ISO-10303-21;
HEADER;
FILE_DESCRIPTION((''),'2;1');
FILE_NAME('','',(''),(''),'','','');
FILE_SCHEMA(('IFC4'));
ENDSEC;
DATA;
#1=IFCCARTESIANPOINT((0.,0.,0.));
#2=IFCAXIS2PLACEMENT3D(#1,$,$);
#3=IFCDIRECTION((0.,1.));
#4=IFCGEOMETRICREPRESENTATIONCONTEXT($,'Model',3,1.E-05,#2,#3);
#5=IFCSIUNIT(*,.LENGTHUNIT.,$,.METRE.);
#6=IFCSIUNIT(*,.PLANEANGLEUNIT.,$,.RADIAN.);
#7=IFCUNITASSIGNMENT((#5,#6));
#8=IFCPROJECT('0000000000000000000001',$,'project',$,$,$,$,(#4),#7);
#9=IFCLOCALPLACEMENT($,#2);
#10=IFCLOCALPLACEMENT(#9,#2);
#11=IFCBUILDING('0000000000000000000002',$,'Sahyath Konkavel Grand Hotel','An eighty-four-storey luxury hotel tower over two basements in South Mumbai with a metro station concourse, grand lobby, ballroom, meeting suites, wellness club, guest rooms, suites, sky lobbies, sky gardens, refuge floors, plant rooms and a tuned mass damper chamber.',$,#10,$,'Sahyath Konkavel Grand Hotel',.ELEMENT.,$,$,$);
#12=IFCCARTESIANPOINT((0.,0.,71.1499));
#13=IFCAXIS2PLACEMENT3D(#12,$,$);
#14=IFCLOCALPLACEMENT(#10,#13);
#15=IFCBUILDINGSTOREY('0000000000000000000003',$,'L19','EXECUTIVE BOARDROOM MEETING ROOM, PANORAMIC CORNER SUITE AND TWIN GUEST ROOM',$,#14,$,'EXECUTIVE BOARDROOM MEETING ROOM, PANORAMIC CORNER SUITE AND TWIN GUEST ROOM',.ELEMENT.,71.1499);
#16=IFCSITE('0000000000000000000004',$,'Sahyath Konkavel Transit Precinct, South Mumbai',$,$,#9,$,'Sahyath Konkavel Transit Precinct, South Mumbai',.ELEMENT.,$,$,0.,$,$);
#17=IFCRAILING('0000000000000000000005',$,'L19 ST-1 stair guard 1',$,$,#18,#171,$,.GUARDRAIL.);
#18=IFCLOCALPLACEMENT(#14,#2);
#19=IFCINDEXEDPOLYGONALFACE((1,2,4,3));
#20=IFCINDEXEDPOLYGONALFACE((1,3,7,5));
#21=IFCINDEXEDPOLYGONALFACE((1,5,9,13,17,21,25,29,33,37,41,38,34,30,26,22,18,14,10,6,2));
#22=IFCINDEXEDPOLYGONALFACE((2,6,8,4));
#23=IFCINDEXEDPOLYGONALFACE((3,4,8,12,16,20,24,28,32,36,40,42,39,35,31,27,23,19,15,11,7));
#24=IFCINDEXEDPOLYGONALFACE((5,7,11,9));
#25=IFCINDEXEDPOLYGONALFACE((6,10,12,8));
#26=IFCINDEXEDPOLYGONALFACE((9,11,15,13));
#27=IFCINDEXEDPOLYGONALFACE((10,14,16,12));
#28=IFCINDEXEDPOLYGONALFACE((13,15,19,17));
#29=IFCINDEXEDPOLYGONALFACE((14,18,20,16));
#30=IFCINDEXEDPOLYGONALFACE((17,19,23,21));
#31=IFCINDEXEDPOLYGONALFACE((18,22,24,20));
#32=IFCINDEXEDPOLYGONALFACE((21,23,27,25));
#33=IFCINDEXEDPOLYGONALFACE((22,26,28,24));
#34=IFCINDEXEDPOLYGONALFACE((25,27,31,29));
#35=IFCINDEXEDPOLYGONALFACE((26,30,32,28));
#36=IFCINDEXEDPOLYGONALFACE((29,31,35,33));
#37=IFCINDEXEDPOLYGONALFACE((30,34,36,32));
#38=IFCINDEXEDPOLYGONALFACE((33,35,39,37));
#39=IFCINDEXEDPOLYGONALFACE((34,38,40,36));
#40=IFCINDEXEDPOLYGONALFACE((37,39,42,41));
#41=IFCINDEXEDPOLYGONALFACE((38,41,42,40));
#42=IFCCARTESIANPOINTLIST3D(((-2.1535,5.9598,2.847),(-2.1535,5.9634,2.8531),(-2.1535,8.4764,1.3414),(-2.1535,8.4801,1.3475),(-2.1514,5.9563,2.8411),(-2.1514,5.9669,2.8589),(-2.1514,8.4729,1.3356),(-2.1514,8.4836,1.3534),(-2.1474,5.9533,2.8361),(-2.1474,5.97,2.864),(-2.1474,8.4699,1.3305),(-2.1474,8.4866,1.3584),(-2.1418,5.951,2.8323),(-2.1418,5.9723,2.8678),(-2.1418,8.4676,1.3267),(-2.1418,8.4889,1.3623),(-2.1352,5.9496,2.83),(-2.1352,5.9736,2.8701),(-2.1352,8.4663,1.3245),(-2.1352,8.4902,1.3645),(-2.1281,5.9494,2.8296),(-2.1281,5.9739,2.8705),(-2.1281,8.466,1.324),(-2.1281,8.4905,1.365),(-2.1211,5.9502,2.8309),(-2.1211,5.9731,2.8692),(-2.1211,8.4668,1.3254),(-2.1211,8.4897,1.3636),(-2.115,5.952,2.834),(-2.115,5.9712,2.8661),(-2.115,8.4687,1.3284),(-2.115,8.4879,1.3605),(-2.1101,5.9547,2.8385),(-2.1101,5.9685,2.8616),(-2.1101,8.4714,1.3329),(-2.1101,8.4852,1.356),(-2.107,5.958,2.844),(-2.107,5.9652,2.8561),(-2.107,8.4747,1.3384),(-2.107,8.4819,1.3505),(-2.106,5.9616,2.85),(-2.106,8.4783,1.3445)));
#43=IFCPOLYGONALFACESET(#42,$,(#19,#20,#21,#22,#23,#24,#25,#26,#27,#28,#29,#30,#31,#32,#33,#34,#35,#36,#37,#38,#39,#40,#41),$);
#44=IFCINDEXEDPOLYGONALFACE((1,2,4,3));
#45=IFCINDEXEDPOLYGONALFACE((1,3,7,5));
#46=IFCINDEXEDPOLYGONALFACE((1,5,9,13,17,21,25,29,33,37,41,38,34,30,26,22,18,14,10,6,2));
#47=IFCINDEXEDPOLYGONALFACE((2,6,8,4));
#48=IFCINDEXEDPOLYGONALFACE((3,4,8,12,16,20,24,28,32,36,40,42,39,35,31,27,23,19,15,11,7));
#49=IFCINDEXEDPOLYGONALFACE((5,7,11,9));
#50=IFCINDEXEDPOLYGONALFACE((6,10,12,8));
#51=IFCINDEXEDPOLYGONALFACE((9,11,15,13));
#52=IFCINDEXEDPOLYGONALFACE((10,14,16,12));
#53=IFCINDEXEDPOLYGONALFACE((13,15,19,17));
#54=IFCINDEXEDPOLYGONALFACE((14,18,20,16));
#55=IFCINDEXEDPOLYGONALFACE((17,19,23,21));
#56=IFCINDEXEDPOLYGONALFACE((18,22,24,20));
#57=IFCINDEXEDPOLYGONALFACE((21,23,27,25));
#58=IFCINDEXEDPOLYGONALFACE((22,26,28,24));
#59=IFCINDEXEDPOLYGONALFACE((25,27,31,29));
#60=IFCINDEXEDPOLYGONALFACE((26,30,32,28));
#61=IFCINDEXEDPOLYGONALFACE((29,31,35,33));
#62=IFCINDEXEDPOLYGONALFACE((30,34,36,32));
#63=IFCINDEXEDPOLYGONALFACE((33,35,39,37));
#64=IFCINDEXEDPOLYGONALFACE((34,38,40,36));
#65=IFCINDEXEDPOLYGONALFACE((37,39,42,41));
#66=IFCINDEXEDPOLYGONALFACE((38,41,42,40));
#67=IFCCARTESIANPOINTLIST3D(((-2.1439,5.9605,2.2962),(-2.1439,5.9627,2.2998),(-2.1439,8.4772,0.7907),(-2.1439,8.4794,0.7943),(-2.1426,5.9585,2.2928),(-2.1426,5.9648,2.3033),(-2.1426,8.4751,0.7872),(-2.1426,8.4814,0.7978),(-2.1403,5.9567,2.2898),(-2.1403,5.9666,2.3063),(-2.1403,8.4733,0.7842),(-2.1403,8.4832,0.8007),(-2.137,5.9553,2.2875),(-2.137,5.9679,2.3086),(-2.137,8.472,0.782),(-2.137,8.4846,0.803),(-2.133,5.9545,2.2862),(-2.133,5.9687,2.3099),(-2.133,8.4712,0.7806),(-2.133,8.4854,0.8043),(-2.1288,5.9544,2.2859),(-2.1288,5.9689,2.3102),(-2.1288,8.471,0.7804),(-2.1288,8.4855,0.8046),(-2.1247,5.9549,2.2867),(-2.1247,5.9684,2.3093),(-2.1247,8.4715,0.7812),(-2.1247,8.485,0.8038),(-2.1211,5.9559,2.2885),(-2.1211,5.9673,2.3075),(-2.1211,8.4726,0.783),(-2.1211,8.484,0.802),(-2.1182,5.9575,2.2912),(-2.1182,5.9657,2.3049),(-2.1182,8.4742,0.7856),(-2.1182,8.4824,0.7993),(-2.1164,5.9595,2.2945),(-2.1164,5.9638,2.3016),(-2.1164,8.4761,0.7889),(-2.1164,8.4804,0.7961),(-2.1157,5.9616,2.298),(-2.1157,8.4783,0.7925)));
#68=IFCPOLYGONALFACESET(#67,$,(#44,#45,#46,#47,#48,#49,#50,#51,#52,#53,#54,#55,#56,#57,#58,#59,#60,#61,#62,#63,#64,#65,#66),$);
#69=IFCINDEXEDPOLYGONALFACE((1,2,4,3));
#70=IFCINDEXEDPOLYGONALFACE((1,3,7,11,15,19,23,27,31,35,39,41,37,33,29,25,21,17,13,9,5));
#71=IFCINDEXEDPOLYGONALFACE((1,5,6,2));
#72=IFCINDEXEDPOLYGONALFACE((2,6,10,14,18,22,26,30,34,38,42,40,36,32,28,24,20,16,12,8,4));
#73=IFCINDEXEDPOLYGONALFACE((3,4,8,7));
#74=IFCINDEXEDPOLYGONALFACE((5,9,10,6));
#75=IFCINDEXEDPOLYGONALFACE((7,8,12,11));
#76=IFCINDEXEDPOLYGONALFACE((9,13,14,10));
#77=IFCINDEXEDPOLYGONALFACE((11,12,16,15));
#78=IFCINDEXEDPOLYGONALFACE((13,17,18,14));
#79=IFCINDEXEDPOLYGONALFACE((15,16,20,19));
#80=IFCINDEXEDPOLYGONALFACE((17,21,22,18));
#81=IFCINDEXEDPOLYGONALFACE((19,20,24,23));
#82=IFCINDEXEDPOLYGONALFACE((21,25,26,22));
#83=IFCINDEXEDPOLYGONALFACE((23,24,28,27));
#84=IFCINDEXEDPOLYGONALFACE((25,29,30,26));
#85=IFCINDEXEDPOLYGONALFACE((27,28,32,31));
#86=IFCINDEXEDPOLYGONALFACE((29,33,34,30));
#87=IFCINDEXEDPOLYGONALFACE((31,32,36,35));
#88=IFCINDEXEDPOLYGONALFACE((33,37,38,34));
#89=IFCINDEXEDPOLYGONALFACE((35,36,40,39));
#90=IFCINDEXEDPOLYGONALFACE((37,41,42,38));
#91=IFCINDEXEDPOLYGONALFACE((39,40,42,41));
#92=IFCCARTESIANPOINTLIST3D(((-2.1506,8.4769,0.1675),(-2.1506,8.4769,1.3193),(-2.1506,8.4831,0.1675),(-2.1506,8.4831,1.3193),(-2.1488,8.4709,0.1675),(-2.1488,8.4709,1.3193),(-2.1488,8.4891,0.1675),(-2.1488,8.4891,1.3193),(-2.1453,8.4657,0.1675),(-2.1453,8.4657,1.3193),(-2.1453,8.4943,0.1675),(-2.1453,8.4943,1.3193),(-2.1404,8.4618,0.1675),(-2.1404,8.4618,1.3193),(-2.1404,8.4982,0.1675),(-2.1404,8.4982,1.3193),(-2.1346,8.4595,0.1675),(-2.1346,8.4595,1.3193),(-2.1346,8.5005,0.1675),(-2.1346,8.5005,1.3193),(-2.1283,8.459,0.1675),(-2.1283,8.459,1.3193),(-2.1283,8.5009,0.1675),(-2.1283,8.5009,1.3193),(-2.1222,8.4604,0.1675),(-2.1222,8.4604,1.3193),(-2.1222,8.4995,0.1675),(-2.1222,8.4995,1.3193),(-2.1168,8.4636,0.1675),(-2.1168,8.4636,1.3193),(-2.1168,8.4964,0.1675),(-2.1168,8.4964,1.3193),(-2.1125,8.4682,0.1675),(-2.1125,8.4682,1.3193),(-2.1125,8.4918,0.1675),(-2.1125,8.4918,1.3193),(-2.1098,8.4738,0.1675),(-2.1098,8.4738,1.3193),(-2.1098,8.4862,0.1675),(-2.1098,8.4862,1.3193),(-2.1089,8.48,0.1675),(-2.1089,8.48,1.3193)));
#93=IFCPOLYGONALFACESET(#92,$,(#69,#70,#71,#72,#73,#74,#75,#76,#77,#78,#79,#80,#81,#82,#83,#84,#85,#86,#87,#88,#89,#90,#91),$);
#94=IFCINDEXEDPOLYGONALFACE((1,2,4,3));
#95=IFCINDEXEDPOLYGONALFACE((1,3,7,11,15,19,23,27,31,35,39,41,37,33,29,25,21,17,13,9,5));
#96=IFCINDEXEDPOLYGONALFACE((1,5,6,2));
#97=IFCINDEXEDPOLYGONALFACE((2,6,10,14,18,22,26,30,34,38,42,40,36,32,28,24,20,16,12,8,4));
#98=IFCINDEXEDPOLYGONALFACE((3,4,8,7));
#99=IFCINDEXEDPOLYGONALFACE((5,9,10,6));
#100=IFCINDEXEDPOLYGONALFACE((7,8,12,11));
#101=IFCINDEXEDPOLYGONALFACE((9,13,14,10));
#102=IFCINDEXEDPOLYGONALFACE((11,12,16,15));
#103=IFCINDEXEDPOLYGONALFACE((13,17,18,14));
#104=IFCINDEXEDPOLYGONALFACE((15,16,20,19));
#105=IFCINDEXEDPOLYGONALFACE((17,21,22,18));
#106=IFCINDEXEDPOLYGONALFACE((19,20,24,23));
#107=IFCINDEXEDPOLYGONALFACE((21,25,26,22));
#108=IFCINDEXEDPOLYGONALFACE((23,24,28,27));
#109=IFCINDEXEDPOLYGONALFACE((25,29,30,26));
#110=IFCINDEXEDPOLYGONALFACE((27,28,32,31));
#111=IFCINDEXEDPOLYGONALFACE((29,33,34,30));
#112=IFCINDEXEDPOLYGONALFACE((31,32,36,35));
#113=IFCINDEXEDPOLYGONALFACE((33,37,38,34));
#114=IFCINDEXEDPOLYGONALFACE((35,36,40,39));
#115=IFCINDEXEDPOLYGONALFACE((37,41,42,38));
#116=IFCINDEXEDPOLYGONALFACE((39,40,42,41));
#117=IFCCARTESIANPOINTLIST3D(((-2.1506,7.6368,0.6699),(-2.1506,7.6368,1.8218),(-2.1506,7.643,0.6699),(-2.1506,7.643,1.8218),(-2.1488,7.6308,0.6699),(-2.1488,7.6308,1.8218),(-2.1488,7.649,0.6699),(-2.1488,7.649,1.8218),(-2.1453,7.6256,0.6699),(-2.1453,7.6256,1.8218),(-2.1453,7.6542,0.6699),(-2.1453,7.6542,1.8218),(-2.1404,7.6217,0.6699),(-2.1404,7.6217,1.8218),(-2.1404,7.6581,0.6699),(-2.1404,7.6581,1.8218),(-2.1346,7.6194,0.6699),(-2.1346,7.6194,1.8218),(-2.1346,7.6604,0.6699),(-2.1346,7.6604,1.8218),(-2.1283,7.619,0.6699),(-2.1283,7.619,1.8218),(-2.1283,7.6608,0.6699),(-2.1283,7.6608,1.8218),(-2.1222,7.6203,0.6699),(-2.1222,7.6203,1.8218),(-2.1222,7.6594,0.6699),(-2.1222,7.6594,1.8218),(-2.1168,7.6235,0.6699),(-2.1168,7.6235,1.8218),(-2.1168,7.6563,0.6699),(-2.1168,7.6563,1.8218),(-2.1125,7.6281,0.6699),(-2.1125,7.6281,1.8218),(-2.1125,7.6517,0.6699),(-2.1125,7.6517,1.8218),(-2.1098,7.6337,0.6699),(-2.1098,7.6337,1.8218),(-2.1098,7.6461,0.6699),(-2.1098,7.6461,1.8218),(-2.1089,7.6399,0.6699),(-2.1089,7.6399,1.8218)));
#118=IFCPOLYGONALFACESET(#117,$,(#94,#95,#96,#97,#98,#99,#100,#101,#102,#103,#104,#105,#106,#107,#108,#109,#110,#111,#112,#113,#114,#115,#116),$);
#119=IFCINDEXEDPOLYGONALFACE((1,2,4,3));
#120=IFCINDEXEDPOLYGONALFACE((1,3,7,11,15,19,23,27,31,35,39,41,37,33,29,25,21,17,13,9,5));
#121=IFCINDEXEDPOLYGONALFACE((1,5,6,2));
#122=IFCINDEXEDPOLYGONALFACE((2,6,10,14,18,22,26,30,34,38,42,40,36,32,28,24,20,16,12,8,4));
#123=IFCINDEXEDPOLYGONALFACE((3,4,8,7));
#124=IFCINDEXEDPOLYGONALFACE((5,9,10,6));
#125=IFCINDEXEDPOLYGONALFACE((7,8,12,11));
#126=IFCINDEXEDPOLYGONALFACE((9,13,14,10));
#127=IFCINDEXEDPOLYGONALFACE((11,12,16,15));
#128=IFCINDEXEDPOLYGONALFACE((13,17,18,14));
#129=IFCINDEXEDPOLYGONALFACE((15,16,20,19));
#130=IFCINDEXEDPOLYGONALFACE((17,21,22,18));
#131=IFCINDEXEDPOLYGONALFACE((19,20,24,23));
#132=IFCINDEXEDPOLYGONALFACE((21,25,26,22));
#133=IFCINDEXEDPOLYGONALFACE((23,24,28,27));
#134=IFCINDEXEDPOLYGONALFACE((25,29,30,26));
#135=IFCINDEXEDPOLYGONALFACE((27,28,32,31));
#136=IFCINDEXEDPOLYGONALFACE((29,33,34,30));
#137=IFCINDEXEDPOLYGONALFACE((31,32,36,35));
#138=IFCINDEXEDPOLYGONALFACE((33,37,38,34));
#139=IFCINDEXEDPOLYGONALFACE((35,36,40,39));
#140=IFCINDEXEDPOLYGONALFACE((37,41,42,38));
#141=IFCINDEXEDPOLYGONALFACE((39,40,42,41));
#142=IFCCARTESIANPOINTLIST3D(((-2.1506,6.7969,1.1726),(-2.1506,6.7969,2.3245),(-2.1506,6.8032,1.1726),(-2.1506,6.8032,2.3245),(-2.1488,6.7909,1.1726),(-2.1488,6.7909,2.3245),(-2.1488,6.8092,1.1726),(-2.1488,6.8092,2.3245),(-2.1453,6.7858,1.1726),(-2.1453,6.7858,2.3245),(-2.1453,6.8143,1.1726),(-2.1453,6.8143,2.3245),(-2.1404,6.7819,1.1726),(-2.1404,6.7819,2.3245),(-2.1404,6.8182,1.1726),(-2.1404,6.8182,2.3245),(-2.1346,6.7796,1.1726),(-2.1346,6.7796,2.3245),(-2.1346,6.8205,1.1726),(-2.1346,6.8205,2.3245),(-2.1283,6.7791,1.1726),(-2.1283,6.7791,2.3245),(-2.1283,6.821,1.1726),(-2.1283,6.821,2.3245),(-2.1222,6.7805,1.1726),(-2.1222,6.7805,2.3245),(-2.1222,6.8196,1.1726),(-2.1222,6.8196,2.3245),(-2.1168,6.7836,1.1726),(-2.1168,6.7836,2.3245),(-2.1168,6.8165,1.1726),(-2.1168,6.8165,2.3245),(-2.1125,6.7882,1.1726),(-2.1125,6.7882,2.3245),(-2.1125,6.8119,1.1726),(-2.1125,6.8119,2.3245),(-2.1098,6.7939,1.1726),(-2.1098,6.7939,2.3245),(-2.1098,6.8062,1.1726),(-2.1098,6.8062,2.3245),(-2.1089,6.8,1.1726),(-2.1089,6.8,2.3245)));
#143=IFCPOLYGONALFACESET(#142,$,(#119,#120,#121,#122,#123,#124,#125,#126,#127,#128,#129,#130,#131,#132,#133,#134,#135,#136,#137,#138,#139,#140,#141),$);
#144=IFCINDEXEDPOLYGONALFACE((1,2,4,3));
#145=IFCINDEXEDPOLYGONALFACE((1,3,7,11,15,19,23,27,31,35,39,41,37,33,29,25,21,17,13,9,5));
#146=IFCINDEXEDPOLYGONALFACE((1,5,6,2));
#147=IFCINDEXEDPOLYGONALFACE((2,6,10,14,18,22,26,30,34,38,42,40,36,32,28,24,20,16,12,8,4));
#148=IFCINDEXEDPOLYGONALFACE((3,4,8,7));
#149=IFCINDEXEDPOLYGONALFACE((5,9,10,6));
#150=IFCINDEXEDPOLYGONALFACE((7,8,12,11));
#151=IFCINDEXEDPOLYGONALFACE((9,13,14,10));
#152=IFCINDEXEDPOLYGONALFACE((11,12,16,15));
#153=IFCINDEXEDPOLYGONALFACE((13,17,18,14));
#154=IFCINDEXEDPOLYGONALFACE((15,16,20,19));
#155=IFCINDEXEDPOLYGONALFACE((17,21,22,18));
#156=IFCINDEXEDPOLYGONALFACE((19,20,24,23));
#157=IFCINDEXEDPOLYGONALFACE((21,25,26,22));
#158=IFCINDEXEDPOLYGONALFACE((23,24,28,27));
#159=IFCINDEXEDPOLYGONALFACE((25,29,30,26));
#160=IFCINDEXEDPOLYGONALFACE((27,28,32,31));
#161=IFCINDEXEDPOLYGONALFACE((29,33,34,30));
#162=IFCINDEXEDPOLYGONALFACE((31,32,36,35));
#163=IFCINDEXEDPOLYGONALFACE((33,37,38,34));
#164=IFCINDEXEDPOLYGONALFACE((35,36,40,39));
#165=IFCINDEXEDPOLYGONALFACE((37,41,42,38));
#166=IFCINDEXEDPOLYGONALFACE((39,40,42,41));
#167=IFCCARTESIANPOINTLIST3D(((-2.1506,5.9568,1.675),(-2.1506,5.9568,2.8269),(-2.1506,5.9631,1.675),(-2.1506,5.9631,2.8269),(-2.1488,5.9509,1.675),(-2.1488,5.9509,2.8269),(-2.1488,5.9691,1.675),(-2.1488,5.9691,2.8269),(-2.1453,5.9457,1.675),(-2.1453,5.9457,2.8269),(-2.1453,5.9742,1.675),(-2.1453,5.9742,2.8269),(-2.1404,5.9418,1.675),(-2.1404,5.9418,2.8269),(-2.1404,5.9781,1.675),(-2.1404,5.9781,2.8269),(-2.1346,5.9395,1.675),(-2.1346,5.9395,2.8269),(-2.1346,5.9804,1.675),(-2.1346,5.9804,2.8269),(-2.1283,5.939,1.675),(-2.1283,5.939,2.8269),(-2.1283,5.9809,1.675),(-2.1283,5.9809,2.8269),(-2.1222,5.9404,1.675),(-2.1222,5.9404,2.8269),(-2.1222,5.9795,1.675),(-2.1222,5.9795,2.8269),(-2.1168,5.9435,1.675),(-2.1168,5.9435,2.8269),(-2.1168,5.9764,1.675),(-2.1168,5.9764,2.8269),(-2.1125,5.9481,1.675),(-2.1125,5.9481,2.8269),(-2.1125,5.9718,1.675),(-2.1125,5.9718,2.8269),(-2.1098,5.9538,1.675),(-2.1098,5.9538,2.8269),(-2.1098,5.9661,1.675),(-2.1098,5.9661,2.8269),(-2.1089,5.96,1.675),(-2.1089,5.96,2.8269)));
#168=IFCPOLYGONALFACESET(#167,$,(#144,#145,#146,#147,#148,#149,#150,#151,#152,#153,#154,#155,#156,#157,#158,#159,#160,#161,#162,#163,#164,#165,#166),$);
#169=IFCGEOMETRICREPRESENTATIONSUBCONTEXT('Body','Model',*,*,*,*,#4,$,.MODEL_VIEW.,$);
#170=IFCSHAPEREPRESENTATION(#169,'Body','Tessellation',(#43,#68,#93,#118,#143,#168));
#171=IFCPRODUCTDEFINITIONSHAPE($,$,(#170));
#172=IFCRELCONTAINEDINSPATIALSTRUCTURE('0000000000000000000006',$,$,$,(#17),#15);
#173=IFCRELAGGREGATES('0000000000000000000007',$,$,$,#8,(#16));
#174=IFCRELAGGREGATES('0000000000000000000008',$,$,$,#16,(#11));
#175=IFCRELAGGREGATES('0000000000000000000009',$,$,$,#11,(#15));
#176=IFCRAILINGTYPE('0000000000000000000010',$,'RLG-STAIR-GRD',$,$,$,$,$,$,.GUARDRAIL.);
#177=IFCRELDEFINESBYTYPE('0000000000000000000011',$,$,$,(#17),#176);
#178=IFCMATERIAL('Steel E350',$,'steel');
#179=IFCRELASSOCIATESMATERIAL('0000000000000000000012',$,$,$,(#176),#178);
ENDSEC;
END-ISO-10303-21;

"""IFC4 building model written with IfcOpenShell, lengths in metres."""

from ifc_helpers import new_model, si_unit, direction, frame, origin, origin_2d, place, context, subcontext, project, spatial, circle, extrude, material, type_object, element, save


model = new_model("IFC4")

# Units and contexts
model_context = context("Model", 3, precision=1e-05, world=origin(), true_north=direction((0.0, 1.0)))
body_context = subcontext(model_context, "Body", "Model", "MODEL_VIEW")
ifc_project = project(units=[si_unit("LENGTHUNIT", "METRE"), si_unit("PLANEANGLEUNIT", "RADIAN")], contexts=[model_context])

# Site, building, storey
site_placement = place(None, origin())
site = spatial("IfcSite", under=ifc_project, at=site_placement, Name="Sahyath Konkavel Transit Precinct, South Mumbai", LongName="Sahyath Konkavel Transit Precinct, South Mumbai", CompositionType="ELEMENT", RefElevation=0.0)
building_placement = place(site_placement, origin())
building = spatial("IfcBuilding", under=site, at=building_placement, Name="Sahyath Konkavel Grand Hotel", Description="An eighty-four-storey luxury hotel tower over two basements in South Mumbai with a metro station concourse, grand lobby, ballroom, meeting suites, wellness club, guest rooms, suites, sky lobbies, sky gardens, refuge floors, plant rooms and a tuned mass damper chamber.", LongName="Sahyath Konkavel Grand Hotel", CompositionType="ELEMENT")
storey_placement = place(building_placement, frame((0.0, 0.0, 71.1499)))
storey = spatial("IfcBuildingStorey", under=building, at=storey_placement, Name="L19", Description="EXECUTIVE BOARDROOM MEETING ROOM, PANORAMIC CORNER SUITE AND TWIN GUEST ROOM", LongName="EXECUTIVE BOARDROOM MEETING ROOM, PANORAMIC CORNER SUITE AND TWIN GUEST ROOM", CompositionType="ELEMENT", Elevation=71.1499)

# Shared definitions
ifc_material_1 = material(Name="Steel E350", Category="steel")

# Railing
railing_type_1 = type_object("IfcRailingType", Name="RLG-STAIR-GRD", PredefinedType="GUARDRAIL", material=ifc_material_1)
railing_1_placement = place(storey_placement, frame((-2.1299, 8.48, 0.1675)))
element("IfcRailing", 1, at=railing_1_placement, inside=storey, type_object=railing_type_1, Name="L19 ST-1 stair guard 1", PredefinedType="GUARDRAIL", context=body_context, shape_type="SweptSolid", body=[
    extrude(circle(Radius=0.0239, at=origin_2d()), frame((0.0, -0.0017, 1.177), z_axis=(0.0, -0.85816, 0.513383), x_axis=(1.0, 0.0, 0.0)), (0.0, 0.0, 1.0), 2.9326),
    extrude(circle(Radius=0.0142, at=origin_2d()), frame((0.0, -0.0017, 0.625), z_axis=(0.0, -0.85816, 0.513383), x_axis=(1.0, 0.0, 0.0)), (0.0, 0.0, 1.0), 2.9326),
    extrude(circle(Radius=0.021, at=origin_2d()), origin(), (0.0, 0.0, 1.0), 1.1519),
    extrude(circle(Radius=0.021, at=origin_2d()), frame((0.0, -0.8401, 0.5024)), (0.0, 0.0, 1.0), 1.1519),
    extrude(circle(Radius=0.021, at=origin_2d()), frame((0.0, -1.6799, 1.0051)), (0.0, 0.0, 1.0), 1.1519),
    extrude(circle(Radius=0.021, at=origin_2d()), frame((0.0, -2.52, 1.5076)), (0.0, 0.0, 1.0), 1.1519),
])

save(model, "model.ifc")
